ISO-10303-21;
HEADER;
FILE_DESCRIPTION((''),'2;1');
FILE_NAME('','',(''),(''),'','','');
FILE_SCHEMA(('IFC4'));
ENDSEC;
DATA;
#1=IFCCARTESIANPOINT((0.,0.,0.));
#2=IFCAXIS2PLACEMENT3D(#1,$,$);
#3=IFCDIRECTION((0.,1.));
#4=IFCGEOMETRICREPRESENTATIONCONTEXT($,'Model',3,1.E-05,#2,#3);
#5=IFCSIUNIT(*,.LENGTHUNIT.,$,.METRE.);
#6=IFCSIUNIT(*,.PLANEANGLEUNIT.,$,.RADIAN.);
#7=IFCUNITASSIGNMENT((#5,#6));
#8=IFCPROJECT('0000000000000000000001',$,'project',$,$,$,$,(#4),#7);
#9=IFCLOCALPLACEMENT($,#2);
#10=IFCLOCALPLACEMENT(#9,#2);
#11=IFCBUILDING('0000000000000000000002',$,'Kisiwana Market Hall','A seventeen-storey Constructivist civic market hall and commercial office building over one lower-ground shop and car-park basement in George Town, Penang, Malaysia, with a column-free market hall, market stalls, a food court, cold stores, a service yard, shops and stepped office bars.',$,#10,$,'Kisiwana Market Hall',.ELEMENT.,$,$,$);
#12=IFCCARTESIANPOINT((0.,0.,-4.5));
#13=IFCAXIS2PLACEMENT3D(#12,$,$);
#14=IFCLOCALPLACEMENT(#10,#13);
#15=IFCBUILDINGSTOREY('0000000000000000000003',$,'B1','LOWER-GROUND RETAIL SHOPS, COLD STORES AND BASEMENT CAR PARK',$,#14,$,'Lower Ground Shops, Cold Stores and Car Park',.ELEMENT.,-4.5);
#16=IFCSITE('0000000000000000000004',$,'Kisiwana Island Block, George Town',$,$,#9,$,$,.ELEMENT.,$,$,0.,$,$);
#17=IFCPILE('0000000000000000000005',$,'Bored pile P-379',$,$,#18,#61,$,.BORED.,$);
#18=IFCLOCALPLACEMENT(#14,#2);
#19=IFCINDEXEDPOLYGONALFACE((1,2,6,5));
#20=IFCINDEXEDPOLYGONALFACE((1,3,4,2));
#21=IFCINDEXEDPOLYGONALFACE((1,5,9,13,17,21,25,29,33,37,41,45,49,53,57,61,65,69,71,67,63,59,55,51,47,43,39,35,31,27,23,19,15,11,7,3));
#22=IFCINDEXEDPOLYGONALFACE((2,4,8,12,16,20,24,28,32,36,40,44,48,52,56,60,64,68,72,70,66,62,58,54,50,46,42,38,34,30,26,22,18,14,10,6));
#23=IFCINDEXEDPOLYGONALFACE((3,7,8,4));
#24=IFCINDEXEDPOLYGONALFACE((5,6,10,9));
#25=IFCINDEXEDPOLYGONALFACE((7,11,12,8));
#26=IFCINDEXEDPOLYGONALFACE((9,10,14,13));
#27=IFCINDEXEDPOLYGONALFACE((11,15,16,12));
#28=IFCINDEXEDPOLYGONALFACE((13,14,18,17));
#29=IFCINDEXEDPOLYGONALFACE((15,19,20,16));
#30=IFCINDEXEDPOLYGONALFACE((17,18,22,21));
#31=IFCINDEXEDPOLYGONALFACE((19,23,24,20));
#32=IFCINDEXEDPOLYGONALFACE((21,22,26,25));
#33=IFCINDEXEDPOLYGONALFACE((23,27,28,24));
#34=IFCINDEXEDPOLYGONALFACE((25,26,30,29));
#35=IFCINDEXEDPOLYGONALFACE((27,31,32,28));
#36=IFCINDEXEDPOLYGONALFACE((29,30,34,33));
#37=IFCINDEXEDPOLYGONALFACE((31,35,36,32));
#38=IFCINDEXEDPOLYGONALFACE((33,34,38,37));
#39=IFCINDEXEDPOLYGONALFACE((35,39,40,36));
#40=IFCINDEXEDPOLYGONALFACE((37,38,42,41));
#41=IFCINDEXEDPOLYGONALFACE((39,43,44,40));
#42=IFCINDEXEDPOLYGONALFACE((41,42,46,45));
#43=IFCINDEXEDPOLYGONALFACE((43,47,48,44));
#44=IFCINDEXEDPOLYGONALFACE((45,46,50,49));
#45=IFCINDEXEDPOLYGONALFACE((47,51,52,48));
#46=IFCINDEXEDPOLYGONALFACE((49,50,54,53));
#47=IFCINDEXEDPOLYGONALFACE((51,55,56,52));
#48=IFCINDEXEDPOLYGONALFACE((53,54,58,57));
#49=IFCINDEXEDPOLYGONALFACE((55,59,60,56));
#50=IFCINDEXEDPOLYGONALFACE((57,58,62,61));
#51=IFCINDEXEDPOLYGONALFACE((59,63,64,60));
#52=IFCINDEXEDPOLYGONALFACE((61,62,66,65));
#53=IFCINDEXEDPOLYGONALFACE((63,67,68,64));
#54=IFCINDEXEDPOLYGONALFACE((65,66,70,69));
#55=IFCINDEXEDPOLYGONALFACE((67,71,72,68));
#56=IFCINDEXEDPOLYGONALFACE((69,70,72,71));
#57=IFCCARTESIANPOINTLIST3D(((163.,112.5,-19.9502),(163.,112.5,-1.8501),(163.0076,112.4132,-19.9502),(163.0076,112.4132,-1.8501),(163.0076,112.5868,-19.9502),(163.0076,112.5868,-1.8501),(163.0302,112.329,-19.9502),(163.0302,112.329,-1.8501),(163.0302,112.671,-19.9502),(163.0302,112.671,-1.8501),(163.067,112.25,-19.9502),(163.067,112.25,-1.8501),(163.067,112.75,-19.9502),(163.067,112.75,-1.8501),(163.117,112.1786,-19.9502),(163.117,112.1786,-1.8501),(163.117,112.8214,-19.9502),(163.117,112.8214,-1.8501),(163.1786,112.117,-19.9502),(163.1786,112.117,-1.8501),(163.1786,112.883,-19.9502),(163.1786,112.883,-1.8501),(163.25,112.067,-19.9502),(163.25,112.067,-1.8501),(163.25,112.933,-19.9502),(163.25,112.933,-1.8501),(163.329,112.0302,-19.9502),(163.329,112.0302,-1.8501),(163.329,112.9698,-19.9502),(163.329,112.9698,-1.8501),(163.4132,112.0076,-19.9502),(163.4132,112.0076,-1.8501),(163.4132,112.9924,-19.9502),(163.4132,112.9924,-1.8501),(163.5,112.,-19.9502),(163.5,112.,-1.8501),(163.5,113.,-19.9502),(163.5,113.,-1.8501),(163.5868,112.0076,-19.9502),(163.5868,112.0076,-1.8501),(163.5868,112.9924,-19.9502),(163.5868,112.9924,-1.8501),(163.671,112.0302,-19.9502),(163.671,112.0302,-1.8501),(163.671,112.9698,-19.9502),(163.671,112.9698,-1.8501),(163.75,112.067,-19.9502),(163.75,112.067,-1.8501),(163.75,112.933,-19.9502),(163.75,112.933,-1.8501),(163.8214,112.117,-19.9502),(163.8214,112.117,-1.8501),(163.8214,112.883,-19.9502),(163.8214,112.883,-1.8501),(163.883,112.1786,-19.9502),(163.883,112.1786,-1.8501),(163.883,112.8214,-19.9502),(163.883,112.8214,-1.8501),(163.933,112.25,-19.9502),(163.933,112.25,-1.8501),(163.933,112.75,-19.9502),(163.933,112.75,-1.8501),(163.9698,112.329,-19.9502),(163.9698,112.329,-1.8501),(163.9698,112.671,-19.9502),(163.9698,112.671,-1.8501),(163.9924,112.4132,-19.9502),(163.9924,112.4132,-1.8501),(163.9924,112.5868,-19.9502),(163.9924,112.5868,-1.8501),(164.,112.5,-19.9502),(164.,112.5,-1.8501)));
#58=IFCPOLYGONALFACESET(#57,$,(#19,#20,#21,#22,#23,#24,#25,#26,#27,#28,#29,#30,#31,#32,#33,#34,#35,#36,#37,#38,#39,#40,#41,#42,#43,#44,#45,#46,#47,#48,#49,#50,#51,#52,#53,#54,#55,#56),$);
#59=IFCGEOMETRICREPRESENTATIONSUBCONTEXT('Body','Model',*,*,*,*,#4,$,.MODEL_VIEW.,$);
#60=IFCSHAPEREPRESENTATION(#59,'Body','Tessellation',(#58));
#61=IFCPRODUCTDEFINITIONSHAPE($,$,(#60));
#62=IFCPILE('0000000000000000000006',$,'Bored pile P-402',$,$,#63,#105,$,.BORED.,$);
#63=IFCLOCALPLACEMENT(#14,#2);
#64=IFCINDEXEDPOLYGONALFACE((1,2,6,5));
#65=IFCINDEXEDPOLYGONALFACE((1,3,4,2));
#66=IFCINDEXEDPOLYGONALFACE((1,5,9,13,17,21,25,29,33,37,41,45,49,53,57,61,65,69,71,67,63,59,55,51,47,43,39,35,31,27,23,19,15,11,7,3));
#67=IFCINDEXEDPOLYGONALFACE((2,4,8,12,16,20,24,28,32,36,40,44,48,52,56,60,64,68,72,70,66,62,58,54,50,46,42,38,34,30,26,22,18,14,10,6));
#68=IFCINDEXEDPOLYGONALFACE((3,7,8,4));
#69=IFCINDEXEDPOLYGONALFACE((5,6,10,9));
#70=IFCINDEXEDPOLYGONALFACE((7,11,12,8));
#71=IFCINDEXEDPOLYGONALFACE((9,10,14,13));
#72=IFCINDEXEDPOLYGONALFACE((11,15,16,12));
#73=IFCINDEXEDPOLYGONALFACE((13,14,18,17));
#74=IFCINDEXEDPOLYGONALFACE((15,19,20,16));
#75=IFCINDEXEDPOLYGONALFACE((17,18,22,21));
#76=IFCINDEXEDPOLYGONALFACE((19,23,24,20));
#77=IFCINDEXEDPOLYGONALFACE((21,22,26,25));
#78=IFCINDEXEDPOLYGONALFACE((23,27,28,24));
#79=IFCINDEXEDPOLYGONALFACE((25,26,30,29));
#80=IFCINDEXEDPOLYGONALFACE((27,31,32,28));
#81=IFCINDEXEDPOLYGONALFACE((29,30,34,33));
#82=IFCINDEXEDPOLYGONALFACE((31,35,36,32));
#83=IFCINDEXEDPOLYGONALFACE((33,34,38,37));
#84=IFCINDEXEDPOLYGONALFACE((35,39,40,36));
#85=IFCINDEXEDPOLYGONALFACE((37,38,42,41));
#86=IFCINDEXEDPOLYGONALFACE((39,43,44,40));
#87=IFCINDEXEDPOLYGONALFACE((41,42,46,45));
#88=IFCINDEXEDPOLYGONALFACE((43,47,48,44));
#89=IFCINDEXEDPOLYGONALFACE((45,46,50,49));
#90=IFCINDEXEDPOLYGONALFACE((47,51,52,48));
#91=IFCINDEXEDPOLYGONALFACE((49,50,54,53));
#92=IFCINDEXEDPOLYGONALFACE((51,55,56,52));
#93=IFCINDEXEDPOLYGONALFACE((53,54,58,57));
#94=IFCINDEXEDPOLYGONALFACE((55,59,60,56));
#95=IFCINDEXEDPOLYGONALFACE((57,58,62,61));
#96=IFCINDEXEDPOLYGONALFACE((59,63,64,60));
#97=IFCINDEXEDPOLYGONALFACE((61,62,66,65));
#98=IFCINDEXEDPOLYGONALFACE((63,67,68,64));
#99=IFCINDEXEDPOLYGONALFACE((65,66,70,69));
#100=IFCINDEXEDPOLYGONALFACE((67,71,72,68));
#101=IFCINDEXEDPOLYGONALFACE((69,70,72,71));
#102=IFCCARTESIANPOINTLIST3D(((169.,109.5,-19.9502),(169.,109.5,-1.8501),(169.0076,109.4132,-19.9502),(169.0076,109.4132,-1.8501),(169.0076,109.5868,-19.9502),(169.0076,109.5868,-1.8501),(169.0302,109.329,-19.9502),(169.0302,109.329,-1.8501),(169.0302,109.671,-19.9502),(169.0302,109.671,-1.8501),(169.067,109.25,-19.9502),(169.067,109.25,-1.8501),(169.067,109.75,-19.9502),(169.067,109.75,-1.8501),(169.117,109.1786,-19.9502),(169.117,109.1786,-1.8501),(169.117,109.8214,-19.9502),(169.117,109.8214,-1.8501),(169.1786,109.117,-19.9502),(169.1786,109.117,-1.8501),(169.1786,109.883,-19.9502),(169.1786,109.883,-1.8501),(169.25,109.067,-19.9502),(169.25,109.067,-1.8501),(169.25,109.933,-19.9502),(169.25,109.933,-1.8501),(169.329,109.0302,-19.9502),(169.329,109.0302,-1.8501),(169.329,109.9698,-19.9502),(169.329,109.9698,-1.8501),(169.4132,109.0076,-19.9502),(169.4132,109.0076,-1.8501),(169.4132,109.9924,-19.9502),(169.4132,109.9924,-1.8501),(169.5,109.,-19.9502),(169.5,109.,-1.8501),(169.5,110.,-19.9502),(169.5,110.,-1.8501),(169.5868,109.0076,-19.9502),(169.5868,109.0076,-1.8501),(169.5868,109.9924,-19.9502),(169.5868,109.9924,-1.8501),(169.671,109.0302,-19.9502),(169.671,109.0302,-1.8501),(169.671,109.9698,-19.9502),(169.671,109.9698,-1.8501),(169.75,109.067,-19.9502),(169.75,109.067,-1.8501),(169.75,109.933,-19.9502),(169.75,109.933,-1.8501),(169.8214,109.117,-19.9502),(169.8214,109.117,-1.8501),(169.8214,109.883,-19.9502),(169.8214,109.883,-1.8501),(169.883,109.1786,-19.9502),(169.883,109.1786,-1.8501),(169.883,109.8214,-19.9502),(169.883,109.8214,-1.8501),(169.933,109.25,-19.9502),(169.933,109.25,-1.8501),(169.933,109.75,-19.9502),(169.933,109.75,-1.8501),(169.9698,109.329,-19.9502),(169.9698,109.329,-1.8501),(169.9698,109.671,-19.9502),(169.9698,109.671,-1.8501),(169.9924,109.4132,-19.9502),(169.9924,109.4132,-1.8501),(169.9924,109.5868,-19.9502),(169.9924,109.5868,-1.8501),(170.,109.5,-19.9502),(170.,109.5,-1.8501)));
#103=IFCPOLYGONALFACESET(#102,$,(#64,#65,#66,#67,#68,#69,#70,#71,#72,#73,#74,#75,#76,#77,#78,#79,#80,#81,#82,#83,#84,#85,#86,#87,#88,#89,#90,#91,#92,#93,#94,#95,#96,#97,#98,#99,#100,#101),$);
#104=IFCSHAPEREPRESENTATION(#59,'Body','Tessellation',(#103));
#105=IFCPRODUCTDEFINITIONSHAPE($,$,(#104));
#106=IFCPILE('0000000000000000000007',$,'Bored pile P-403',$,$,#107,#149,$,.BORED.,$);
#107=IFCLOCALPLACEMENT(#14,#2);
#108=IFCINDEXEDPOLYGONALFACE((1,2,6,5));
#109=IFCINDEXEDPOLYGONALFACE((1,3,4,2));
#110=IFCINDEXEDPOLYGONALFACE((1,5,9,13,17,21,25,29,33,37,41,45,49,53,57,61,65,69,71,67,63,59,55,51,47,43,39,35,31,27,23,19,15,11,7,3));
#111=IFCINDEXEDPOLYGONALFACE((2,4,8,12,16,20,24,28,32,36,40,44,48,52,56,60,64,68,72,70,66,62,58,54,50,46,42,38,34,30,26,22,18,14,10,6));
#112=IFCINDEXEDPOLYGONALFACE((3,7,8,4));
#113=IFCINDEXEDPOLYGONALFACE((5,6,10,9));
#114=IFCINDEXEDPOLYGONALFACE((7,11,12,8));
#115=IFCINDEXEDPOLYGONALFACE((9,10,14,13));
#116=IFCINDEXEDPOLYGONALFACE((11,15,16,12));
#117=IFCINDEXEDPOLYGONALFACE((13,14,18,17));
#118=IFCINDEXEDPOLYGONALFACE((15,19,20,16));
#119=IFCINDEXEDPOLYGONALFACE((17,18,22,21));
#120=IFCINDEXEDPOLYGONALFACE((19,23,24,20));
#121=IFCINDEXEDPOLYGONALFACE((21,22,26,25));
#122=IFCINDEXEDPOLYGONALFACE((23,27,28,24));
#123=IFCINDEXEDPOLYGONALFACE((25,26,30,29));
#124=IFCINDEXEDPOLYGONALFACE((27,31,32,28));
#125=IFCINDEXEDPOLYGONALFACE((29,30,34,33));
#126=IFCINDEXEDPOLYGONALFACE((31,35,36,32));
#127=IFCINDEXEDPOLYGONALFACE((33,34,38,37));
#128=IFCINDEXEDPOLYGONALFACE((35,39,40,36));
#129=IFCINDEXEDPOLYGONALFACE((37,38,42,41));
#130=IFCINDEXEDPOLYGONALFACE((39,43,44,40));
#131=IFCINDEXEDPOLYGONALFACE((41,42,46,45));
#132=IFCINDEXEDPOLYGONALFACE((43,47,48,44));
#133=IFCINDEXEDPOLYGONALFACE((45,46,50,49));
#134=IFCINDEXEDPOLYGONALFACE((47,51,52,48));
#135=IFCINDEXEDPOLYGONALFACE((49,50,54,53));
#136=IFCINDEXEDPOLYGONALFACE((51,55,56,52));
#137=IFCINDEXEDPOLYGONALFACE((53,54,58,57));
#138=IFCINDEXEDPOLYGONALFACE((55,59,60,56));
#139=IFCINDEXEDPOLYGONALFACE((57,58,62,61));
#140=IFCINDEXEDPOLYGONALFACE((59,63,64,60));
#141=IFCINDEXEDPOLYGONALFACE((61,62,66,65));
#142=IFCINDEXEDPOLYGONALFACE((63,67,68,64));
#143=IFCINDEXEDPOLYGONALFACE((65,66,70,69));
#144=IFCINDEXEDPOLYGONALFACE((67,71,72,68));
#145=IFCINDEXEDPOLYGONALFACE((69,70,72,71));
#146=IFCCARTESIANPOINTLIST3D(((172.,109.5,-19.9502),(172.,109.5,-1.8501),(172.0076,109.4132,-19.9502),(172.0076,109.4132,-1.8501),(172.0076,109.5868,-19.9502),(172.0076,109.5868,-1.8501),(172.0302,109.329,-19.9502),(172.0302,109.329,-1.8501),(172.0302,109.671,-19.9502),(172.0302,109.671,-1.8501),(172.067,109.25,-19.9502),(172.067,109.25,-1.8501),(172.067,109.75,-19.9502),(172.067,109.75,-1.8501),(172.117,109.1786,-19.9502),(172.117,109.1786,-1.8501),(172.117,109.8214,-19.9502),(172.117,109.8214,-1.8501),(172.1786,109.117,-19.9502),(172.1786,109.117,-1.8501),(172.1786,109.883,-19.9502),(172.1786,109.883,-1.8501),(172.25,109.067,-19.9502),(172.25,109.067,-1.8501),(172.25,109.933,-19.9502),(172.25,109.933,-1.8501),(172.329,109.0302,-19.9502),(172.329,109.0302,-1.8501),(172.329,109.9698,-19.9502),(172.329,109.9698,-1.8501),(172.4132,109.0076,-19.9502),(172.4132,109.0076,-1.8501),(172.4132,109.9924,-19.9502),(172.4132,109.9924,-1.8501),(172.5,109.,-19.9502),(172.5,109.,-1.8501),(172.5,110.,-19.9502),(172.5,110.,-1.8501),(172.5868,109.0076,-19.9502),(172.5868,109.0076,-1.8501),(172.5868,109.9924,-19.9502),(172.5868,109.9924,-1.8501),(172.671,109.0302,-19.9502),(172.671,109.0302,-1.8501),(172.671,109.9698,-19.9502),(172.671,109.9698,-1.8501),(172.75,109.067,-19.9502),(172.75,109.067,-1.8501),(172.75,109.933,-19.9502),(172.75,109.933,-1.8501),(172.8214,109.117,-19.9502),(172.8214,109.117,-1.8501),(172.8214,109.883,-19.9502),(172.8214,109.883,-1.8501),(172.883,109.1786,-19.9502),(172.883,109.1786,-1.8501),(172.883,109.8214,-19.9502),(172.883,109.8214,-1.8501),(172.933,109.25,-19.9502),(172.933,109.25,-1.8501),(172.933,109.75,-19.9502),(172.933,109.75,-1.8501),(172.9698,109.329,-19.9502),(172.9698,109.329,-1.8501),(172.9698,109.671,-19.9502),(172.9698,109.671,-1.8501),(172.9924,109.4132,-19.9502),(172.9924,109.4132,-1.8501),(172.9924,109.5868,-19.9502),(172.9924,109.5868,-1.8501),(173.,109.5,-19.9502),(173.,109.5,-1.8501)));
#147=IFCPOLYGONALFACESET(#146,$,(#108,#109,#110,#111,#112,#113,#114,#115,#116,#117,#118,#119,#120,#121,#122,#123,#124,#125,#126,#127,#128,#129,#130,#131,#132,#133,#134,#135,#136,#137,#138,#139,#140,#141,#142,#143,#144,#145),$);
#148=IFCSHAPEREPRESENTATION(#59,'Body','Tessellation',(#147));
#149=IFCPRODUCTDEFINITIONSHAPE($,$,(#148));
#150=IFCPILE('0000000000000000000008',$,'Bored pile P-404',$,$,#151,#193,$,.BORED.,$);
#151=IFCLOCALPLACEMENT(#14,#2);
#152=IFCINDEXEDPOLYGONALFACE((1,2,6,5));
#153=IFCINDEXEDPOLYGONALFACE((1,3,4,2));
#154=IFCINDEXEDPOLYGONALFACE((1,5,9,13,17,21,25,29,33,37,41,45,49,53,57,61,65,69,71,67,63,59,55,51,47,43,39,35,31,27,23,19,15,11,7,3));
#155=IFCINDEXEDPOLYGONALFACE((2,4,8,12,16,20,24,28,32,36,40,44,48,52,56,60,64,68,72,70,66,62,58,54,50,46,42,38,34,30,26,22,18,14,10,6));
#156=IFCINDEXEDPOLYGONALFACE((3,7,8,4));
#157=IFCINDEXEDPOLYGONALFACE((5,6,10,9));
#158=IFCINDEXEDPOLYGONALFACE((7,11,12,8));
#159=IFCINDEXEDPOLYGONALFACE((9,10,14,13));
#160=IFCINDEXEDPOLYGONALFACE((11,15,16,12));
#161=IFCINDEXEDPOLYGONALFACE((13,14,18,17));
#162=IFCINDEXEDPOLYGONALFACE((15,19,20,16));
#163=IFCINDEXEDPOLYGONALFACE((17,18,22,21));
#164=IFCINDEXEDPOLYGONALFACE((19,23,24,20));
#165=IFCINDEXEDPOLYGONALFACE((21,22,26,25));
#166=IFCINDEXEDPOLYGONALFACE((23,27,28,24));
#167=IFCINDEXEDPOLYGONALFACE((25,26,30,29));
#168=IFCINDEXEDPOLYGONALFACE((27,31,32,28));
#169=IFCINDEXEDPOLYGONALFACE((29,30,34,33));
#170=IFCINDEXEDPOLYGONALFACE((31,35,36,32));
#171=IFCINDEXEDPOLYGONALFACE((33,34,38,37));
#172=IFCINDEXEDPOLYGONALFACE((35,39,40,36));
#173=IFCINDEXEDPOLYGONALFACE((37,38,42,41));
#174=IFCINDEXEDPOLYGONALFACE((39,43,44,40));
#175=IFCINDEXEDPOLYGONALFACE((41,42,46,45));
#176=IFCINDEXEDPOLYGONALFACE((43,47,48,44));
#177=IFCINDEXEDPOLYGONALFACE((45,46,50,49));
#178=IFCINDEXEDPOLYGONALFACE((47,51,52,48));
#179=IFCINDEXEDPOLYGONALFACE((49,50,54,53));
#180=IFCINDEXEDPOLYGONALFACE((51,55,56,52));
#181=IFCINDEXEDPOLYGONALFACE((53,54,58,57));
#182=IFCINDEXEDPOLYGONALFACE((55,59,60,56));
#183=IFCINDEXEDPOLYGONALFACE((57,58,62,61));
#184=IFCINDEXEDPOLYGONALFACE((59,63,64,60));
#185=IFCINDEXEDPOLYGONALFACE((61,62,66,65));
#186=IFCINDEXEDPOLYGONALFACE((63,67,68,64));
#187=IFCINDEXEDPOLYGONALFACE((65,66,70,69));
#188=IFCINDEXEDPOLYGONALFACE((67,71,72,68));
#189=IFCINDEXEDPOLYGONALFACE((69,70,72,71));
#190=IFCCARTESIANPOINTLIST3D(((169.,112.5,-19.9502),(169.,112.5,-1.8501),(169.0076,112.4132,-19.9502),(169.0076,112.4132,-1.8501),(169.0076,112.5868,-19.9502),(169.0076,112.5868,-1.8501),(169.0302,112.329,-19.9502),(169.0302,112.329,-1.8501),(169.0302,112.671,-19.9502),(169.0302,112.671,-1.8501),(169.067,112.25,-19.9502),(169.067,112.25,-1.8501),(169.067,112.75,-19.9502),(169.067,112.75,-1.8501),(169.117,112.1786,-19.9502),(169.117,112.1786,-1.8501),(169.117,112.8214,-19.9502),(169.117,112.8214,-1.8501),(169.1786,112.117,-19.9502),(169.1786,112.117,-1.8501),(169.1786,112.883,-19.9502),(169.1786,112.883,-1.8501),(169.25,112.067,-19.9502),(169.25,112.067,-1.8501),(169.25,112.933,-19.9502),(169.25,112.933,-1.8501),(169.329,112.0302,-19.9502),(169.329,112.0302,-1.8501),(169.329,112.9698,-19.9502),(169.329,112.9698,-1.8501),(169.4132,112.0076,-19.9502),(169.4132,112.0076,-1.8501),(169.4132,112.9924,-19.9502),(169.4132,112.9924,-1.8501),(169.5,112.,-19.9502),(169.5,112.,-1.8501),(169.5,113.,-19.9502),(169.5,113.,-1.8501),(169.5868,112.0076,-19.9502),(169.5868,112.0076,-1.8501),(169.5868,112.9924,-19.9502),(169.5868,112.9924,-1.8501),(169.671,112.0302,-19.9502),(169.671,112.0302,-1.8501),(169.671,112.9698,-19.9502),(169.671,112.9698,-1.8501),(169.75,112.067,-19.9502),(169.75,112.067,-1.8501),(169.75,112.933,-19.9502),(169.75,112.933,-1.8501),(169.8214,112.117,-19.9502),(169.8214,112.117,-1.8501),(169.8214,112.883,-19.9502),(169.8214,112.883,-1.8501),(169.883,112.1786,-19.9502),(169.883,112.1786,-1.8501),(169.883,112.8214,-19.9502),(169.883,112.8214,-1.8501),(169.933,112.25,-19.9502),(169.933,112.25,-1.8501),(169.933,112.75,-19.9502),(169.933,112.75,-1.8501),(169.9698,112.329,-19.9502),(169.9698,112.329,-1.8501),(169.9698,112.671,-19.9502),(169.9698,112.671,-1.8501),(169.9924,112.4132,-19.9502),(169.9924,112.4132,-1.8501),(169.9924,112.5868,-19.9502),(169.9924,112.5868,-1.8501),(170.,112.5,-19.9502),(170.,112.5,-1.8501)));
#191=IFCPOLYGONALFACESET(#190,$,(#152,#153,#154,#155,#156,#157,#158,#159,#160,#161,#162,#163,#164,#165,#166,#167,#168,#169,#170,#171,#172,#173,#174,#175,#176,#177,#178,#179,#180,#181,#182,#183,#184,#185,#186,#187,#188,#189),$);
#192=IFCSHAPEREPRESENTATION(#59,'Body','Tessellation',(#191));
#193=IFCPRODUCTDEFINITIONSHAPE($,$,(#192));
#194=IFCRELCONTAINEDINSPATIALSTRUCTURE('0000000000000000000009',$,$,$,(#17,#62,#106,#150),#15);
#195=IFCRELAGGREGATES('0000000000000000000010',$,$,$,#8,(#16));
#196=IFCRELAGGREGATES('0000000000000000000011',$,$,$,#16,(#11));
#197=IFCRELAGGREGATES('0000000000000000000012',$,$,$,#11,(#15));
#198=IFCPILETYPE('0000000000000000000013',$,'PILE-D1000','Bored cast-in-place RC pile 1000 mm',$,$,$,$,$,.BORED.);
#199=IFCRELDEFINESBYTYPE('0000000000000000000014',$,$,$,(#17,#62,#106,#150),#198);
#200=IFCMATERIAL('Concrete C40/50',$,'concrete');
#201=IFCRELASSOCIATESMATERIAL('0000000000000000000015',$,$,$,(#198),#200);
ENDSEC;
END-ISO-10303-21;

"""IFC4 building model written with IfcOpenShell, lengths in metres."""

from ifc_helpers import new_model, si_unit, direction, frame, origin, origin_2d, place, context, subcontext, project, spatial, circle, extrude, material, material_profile, profile_set, type_object, element, save


model = new_model("IFC4")

# Units and contexts
model_context = context("Model", 3, precision=1e-05, world=origin(), true_north=direction((0.0, 1.0)))
body_context = subcontext(model_context, "Body", "Model", "MODEL_VIEW")
ifc_project = project(units=[si_unit("LENGTHUNIT", "METRE"), si_unit("PLANEANGLEUNIT", "RADIAN")], contexts=[model_context])

# Site, building, storey
site_placement = place(None, origin())
site = spatial("IfcSite", under=ifc_project, at=site_placement, Name="Kisiwana Island Block, George Town", CompositionType="ELEMENT", RefElevation=0.0)
building_placement = place(site_placement, origin())
building = spatial("IfcBuilding", under=site, at=building_placement, Name="Kisiwana Market Hall", Description="A seventeen-storey Constructivist civic market hall and commercial office building over one lower-ground shop and car-park basement in George Town, Penang, Malaysia, with a column-free market hall, market stalls, a food court, cold stores, a service yard, shops and stepped office bars.", LongName="Kisiwana Market Hall", CompositionType="ELEMENT")
storey_placement = place(building_placement, frame((0.0, 0.0, -4.5)))
storey = spatial("IfcBuildingStorey", under=building, at=storey_placement, Name="B1", Description="LOWER-GROUND RETAIL SHOPS, COLD STORES AND BASEMENT CAR PARK", LongName="Lower Ground Shops, Cold Stores and Car Park", CompositionType="ELEMENT", Elevation=-4.5)

# Piles
ifc_material_1 = material(Name="Concrete C40/50", Category="concrete")
ifc_material_profile_1 = material_profile(ifc_material_1, circle(Radius=0.5, at=origin_2d()), Name="BP D1000")
ifc_profile_set_1 = profile_set([ifc_material_profile_1], Name="Concrete C40/50")
pile_type_1 = type_object("IfcPileType", Name="PILE-D1000", Description="Bored cast-in-place RC pile 1000 mm", PredefinedType="BORED", material=ifc_profile_set_1)
for number, where, z_axis, x_axis, name in (
    (1, (163.5, 112.5, -1.8501), (0.0, 0.0, -1.0), (1.0, 0.0, 0.0), "Bored pile P-379"),
    (2, (169.5, 109.5, -1.8501), (0.0, 0.0, -1.0), (1.0, 0.0, 0.0), "Bored pile P-402"),
    (3, (172.5, 109.5, -1.8501), (0.0, 0.0, -1.0), (1.0, 0.0, 0.0), "Bored pile P-403"),
    (4, (169.5, 112.5, -1.8501), (0.0, 0.0, -1.0), (1.0, 0.0, 0.0), "Bored pile P-404"),
):
    element("IfcPile", number, at=place(storey_placement, frame(where, z_axis=z_axis, x_axis=x_axis)), inside=storey, type_object=pile_type_1, Name=name, PredefinedType="BORED", context=body_context, shape_type="SweptSolid", body=[
        extrude(circle(Radius=0.5, at=origin_2d()), origin(), (0.0, 0.0, 1.0), 18.1001),
    ])

save(model, "model.ifc")
